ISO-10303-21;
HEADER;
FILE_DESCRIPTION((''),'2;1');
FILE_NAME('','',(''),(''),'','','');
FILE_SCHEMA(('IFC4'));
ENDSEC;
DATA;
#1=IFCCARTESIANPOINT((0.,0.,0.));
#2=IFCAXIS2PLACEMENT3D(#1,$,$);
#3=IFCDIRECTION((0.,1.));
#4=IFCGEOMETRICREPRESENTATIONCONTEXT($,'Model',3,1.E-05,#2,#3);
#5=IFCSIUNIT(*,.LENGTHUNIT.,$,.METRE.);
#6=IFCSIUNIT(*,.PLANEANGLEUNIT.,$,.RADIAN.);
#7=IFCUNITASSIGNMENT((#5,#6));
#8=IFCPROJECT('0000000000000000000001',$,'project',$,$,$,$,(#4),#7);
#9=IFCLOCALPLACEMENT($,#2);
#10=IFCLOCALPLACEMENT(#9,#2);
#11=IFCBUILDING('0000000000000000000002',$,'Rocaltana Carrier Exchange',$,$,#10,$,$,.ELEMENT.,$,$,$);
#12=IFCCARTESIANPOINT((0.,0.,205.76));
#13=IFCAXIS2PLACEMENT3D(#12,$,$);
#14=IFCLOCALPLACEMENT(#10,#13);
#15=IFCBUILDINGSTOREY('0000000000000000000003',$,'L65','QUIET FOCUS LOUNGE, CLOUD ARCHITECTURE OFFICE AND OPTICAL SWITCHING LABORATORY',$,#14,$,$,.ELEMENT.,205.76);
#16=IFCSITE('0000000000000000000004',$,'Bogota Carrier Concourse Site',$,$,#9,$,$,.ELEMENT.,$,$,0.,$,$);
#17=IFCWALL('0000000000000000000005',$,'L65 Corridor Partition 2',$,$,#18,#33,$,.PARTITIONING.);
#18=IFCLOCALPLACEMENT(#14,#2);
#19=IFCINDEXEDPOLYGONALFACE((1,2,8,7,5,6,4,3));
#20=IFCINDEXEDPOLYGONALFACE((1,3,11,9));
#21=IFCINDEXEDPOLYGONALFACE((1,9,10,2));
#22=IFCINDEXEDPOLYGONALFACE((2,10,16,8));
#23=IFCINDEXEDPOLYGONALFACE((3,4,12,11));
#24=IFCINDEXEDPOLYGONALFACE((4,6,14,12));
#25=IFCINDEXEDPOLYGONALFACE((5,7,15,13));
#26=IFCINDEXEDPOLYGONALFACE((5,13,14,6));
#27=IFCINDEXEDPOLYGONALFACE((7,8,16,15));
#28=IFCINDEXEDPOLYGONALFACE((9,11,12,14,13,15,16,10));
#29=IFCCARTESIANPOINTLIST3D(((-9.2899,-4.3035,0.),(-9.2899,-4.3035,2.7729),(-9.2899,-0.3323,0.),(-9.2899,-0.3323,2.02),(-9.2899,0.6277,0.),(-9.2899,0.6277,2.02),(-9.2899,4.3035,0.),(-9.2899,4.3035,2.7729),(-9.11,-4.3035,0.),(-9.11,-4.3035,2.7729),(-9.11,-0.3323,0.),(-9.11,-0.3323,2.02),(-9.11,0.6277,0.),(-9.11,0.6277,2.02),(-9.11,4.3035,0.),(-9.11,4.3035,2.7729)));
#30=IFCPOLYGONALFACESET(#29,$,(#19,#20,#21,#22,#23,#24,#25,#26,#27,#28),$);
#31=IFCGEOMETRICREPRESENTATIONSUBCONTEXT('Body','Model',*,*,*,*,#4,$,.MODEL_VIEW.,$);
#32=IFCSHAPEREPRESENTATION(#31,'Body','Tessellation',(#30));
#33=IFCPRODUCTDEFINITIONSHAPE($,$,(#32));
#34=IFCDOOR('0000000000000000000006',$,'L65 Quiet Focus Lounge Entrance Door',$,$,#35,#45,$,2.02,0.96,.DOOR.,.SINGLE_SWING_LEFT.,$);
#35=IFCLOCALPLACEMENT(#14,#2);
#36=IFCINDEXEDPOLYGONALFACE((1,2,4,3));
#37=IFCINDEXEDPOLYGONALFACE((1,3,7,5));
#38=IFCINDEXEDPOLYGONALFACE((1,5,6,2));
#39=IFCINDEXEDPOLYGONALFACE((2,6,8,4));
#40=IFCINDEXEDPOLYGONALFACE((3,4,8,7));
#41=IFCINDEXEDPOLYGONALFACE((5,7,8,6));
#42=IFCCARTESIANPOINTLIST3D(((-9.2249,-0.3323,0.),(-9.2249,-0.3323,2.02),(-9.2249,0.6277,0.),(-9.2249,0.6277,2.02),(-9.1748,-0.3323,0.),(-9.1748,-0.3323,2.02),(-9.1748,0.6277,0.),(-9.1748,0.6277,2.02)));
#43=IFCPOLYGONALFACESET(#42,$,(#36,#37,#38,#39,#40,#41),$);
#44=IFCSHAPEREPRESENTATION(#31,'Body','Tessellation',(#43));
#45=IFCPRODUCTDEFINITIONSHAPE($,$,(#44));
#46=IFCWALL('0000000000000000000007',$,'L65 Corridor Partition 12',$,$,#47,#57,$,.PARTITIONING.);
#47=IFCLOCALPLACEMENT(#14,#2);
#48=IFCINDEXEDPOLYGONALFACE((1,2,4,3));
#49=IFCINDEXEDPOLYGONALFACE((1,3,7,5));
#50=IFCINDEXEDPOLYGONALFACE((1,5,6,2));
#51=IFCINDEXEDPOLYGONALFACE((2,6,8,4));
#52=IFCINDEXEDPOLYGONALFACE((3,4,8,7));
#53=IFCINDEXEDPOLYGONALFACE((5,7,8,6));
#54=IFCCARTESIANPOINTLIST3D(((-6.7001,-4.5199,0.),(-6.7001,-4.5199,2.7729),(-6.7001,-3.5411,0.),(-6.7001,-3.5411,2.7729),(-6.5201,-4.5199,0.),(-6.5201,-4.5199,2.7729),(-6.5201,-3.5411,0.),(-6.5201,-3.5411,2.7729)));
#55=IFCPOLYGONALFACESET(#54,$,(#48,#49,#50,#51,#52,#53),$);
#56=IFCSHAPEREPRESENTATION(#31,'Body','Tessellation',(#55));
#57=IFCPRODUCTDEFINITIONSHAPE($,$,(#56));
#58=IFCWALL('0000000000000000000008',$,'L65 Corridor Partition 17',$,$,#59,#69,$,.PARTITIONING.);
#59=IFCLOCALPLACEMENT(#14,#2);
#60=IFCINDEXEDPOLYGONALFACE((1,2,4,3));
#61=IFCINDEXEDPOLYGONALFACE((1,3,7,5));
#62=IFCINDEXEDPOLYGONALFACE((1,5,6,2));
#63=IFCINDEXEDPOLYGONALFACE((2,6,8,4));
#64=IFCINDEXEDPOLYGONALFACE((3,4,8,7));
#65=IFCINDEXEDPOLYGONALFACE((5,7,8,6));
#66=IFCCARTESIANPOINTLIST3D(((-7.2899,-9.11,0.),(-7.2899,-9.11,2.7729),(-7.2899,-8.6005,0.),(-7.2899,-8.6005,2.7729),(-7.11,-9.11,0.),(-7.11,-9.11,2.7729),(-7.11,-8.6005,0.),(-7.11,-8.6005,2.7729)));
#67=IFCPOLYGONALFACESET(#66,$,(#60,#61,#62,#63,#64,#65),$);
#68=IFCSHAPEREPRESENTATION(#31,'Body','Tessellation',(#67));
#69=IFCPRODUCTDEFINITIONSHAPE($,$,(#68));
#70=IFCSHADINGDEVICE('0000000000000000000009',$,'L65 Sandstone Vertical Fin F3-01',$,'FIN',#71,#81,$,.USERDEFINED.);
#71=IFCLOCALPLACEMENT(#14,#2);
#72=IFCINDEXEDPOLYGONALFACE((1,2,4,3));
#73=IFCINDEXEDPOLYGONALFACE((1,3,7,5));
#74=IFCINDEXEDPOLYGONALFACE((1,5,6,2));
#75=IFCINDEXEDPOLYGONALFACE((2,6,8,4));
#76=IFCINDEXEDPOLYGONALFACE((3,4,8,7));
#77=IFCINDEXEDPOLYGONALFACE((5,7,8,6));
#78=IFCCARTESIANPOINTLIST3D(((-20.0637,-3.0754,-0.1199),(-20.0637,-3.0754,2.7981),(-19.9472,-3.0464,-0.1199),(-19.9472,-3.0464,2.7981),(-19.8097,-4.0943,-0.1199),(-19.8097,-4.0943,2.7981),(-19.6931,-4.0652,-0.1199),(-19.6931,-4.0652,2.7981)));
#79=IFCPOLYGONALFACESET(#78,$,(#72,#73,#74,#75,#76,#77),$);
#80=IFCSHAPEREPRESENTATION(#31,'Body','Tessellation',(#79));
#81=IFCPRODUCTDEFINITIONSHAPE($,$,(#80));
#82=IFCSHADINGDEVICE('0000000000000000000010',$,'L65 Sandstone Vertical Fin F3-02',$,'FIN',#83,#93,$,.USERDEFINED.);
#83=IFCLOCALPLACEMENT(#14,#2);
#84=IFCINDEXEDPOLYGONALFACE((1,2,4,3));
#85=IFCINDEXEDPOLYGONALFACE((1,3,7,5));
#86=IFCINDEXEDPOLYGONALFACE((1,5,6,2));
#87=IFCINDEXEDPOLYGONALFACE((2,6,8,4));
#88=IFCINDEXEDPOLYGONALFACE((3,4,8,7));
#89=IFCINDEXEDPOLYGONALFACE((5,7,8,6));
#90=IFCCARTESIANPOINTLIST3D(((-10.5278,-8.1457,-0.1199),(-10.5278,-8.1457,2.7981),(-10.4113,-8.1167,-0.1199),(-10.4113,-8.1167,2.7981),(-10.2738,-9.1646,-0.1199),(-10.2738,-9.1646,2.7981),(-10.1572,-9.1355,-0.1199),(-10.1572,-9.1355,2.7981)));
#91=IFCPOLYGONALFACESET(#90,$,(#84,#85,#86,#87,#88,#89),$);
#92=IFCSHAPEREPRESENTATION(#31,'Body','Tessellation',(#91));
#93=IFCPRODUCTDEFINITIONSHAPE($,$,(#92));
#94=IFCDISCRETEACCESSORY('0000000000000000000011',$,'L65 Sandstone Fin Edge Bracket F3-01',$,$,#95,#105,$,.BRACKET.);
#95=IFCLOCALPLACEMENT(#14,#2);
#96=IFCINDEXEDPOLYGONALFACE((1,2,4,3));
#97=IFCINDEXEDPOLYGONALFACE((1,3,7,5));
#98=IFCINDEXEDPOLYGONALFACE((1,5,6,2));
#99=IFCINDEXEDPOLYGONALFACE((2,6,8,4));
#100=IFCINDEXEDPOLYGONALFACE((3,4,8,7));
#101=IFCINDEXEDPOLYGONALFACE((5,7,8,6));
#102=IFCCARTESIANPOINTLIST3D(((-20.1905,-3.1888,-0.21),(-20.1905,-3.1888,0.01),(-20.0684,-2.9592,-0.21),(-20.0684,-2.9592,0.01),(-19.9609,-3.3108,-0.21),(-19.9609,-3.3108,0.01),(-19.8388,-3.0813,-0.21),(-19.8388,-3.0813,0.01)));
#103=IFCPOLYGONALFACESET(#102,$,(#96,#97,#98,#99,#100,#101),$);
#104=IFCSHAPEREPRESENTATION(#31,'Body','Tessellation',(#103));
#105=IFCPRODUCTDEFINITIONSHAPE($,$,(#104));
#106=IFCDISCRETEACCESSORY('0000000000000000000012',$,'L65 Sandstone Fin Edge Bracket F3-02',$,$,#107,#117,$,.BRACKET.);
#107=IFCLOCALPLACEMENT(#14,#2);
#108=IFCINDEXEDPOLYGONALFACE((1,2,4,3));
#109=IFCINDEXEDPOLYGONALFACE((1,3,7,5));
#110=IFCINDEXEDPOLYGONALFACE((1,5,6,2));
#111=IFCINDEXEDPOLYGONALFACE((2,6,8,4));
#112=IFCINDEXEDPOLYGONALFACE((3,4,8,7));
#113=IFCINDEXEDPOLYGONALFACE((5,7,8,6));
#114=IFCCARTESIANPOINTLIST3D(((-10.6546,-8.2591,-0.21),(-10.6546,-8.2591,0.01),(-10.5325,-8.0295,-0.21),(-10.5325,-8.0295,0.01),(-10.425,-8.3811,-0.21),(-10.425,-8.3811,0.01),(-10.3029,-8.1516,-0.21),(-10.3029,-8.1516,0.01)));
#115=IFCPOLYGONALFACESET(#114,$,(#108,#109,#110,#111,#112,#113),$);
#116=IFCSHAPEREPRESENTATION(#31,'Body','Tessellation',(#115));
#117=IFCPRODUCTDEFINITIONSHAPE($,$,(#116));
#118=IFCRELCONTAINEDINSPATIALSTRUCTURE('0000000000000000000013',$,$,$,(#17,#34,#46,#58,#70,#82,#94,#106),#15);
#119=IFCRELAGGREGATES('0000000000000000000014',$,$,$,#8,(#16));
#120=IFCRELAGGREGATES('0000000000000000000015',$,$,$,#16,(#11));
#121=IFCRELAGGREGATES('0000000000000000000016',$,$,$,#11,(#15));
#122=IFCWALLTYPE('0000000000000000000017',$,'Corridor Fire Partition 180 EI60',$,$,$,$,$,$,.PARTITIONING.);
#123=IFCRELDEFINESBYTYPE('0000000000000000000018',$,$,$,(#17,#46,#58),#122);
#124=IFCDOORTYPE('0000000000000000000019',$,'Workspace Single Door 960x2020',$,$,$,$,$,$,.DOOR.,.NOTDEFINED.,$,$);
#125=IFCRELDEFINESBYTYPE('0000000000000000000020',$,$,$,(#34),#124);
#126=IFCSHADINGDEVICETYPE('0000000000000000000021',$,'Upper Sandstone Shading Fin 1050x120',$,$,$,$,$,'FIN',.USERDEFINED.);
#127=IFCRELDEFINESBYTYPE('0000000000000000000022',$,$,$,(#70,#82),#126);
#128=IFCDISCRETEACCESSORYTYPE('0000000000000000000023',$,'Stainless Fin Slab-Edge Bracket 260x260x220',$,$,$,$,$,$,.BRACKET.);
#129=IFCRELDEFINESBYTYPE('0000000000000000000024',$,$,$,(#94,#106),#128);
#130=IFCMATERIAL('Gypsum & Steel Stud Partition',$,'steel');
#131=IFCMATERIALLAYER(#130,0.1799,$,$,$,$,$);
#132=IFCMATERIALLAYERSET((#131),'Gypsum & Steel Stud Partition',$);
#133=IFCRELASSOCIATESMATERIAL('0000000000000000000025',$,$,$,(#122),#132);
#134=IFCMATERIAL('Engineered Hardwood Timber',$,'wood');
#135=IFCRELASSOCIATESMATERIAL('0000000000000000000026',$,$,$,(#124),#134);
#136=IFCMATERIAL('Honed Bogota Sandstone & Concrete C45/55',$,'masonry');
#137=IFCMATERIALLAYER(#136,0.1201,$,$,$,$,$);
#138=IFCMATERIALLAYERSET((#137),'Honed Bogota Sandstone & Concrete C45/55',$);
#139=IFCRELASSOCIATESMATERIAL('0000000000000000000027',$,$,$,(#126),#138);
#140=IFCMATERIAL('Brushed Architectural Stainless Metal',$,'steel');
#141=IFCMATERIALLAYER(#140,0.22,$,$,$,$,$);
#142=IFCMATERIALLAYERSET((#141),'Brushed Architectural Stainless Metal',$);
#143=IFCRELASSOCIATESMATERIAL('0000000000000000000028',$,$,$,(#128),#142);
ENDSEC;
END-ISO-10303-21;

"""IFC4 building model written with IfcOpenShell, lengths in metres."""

from ifc_helpers import new_model, si_unit, direction, frame, frame_2d, origin, origin_2d, place, context, subcontext, project, spatial, rectangle, extrude, material, layer, layer_set, type_object, element, fill, save


model = new_model("IFC4")

# Units and contexts
model_context = context("Model", 3, precision=1e-05, world=origin(), true_north=direction((0.0, 1.0)))
body_context = subcontext(model_context, "Body", "Model", "MODEL_VIEW")
ifc_project = project(units=[si_unit("LENGTHUNIT", "METRE"), si_unit("PLANEANGLEUNIT", "RADIAN")], contexts=[model_context])

# Site, building, storey
site_placement = place(None, origin())
site = spatial("IfcSite", under=ifc_project, at=site_placement, Name="Bogota Carrier Concourse Site", CompositionType="ELEMENT", RefElevation=0.0)
building_placement = place(site_placement, origin())
building = spatial("IfcBuilding", under=site, at=building_placement, Name="Rocaltana Carrier Exchange", CompositionType="ELEMENT")
storey_placement = place(building_placement, frame((0.0, 0.0, 205.76)))
storey = spatial("IfcBuildingStorey", under=building, at=storey_placement, Name="L65", Description="QUIET FOCUS LOUNGE, CLOUD ARCHITECTURE OFFICE AND OPTICAL SWITCHING LABORATORY", CompositionType="ELEMENT", Elevation=205.76)

# Shared definitions
ifc_material_1 = material(Name="Gypsum & Steel Stud Partition", Category="steel")
ifc_layer_1 = layer(ifc_material_1, 0.1799)
ifc_layer_set_1 = layer_set([ifc_layer_1], Name="Gypsum & Steel Stud Partition")
wall_type_1 = type_object("IfcWallType", Name="Corridor Fire Partition 180 EI60", PredefinedType="PARTITIONING", material=ifc_layer_set_1)

# Wall, opening, door
wall_1_placement = place(storey_placement, frame((-9.2, -4.3035, 0.0), z_axis=(0.0, 0.0, 1.0), x_axis=(0.0, 1.0, 0.0)))
wall_1 = element("IfcWall", 1, at=wall_1_placement, inside=storey, type_object=wall_type_1, Name="L65 Corridor Partition 2", PredefinedType="PARTITIONING", context=body_context, shape_type="SweptSolid", body=[
    extrude(rectangle(XDim=8.6069, YDim=0.1799, at=frame_2d((4.3035, 0.0))), origin(), (0.0, 0.0, 1.0), 2.7729),
])
opening_placement = place(wall_1_placement, frame((3.9712, 0.0, 0.0)))
opening = element("IfcOpeningElement", 2, at=opening_placement, cuts=wall_1, PredefinedType="OPENING", context=body_context, shape_type="SweptSolid", body=[
    extrude(rectangle(XDim=0.96, YDim=2.02, at=frame_2d((0.48, 1.01))), frame((0.0, 0.0999, 0.0), z_axis=(0.0, -1.0, 0.0), x_axis=(1.0, 0.0, 0.0)), (0.0, 0.0, 1.0), 0.2),
])
ifc_material_2 = material(Name="Engineered Hardwood Timber", Category="wood")
door_type = type_object("IfcDoorType", Name="Workspace Single Door 960x2020", OperationType="NOTDEFINED", PredefinedType="DOOR", material=ifc_material_2)
door_placement = place(opening_placement, origin())
door = element("IfcDoor", 3, at=door_placement, inside=storey, type_object=door_type, Name="L65 Quiet Focus Lounge Entrance Door", OperationType="SINGLE_SWING_LEFT", OverallHeight=2.02, OverallWidth=0.96, PredefinedType="DOOR", context=body_context, shape_type="SweptSolid", body=[
    extrude(rectangle(XDim=0.96, YDim=2.02, at=frame_2d((0.48, 1.01))), frame((0.0, 0.0249, 0.0), z_axis=(0.0, -1.0, 0.0), x_axis=(1.0, 0.0, 0.0)), (0.0, 0.0, 1.0), 0.05),
])
fill(opening, door)

# Walls
wall_2_placement = place(storey_placement, frame((-6.6101, -3.5413, 0.0), z_axis=(0.0, 0.0, 1.0), x_axis=(0.0, -1.0, 0.0)))
element("IfcWall", 4, at=wall_2_placement, inside=storey, type_object=wall_type_1, Name="L65 Corridor Partition 12", PredefinedType="PARTITIONING", context=body_context, shape_type="SweptSolid", body=[
    extrude(rectangle(XDim=0.9788, YDim=0.1799, at=frame_2d((0.4893, 0.0))), origin(), (0.0, 0.0, 1.0), 2.7729),
])
wall_3_placement = place(storey_placement, frame((-7.2, -9.1101, 0.0), z_axis=(0.0, 0.0, 1.0), x_axis=(0.0, 1.0, 0.0)))
element("IfcWall", 5, at=wall_3_placement, inside=storey, type_object=wall_type_1, Name="L65 Corridor Partition 17", PredefinedType="PARTITIONING", context=body_context, shape_type="SweptSolid", body=[
    extrude(rectangle(XDim=0.5095, YDim=0.1799, at=frame_2d((0.2549, 0.0))), origin(), (0.0, 0.0, 1.0), 2.7729),
])

# Shading devices
ifc_material_3 = material(Name="Honed Bogota Sandstone & Concrete C45/55", Category="masonry")
ifc_layer_2 = layer(ifc_material_3, 0.1201)
ifc_layer_set_2 = layer_set([ifc_layer_2], Name="Honed Bogota Sandstone & Concrete C45/55")
shading_device_type = type_object("IfcShadingDeviceType", Name="Upper Sandstone Shading Fin 1050x120", ElementType="FIN", PredefinedType="USERDEFINED", material=ifc_layer_set_2)
for number, where, z_axis, x_axis, name in (
    (6, (-19.8784, -3.5703, -0.1199), (0.0, 0.0, 1.0), (0.241922, -0.970296, 0.0), "L65 Sandstone Vertical Fin F3-01"),
    (7, (-10.3425, -8.6406, -0.1199), (0.0, 0.0, 1.0), (0.241922, -0.970296, 0.0), "L65 Sandstone Vertical Fin F3-02"),
):
    element("IfcShadingDevice", number, at=place(storey_placement, frame(where, z_axis=z_axis, x_axis=x_axis)), inside=storey, type_object=shading_device_type, Name=name, ObjectType="FIN", PredefinedType="USERDEFINED", context=body_context, shape_type="SweptSolid", body=[
        extrude(rectangle(XDim=1.05, YDim=0.1201, at=origin_2d()), origin(), (0.0, 0.0, 1.0), 2.918),
    ])

# Discrete accessories
ifc_material_4 = material(Name="Brushed Architectural Stainless Metal", Category="steel")
ifc_layer_3 = layer(ifc_material_4, 0.22)
ifc_layer_set_3 = layer_set([ifc_layer_3], Name="Brushed Architectural Stainless Metal")
discrete_accessory_type = type_object("IfcDiscreteAccessoryType", Name="Stainless Fin Slab-Edge Bracket 260x260x220", PredefinedType="BRACKET", material=ifc_layer_set_3)
for number, where, z_axis, x_axis, name in (
    (8, (-20.0146, -3.135, -0.21), (0.0, 0.0, 1.0), (0.882948, -0.469472, 0.0), "L65 Sandstone Fin Edge Bracket F3-01"),
    (9, (-10.4788, -8.2053, -0.21), (0.0, 0.0, 1.0), (0.882948, -0.469472, 0.0), "L65 Sandstone Fin Edge Bracket F3-02"),
):
    element("IfcDiscreteAccessory", number, at=place(storey_placement, frame(where, z_axis=z_axis, x_axis=x_axis)), inside=storey, type_object=discrete_accessory_type, Name=name, PredefinedType="BRACKET", context=body_context, shape_type="SweptSolid", body=[
        extrude(rectangle(XDim=0.26, YDim=0.26, at=origin_2d()), origin(), (0.0, 0.0, 1.0), 0.22),
    ])

save(model, "model.ifc")
